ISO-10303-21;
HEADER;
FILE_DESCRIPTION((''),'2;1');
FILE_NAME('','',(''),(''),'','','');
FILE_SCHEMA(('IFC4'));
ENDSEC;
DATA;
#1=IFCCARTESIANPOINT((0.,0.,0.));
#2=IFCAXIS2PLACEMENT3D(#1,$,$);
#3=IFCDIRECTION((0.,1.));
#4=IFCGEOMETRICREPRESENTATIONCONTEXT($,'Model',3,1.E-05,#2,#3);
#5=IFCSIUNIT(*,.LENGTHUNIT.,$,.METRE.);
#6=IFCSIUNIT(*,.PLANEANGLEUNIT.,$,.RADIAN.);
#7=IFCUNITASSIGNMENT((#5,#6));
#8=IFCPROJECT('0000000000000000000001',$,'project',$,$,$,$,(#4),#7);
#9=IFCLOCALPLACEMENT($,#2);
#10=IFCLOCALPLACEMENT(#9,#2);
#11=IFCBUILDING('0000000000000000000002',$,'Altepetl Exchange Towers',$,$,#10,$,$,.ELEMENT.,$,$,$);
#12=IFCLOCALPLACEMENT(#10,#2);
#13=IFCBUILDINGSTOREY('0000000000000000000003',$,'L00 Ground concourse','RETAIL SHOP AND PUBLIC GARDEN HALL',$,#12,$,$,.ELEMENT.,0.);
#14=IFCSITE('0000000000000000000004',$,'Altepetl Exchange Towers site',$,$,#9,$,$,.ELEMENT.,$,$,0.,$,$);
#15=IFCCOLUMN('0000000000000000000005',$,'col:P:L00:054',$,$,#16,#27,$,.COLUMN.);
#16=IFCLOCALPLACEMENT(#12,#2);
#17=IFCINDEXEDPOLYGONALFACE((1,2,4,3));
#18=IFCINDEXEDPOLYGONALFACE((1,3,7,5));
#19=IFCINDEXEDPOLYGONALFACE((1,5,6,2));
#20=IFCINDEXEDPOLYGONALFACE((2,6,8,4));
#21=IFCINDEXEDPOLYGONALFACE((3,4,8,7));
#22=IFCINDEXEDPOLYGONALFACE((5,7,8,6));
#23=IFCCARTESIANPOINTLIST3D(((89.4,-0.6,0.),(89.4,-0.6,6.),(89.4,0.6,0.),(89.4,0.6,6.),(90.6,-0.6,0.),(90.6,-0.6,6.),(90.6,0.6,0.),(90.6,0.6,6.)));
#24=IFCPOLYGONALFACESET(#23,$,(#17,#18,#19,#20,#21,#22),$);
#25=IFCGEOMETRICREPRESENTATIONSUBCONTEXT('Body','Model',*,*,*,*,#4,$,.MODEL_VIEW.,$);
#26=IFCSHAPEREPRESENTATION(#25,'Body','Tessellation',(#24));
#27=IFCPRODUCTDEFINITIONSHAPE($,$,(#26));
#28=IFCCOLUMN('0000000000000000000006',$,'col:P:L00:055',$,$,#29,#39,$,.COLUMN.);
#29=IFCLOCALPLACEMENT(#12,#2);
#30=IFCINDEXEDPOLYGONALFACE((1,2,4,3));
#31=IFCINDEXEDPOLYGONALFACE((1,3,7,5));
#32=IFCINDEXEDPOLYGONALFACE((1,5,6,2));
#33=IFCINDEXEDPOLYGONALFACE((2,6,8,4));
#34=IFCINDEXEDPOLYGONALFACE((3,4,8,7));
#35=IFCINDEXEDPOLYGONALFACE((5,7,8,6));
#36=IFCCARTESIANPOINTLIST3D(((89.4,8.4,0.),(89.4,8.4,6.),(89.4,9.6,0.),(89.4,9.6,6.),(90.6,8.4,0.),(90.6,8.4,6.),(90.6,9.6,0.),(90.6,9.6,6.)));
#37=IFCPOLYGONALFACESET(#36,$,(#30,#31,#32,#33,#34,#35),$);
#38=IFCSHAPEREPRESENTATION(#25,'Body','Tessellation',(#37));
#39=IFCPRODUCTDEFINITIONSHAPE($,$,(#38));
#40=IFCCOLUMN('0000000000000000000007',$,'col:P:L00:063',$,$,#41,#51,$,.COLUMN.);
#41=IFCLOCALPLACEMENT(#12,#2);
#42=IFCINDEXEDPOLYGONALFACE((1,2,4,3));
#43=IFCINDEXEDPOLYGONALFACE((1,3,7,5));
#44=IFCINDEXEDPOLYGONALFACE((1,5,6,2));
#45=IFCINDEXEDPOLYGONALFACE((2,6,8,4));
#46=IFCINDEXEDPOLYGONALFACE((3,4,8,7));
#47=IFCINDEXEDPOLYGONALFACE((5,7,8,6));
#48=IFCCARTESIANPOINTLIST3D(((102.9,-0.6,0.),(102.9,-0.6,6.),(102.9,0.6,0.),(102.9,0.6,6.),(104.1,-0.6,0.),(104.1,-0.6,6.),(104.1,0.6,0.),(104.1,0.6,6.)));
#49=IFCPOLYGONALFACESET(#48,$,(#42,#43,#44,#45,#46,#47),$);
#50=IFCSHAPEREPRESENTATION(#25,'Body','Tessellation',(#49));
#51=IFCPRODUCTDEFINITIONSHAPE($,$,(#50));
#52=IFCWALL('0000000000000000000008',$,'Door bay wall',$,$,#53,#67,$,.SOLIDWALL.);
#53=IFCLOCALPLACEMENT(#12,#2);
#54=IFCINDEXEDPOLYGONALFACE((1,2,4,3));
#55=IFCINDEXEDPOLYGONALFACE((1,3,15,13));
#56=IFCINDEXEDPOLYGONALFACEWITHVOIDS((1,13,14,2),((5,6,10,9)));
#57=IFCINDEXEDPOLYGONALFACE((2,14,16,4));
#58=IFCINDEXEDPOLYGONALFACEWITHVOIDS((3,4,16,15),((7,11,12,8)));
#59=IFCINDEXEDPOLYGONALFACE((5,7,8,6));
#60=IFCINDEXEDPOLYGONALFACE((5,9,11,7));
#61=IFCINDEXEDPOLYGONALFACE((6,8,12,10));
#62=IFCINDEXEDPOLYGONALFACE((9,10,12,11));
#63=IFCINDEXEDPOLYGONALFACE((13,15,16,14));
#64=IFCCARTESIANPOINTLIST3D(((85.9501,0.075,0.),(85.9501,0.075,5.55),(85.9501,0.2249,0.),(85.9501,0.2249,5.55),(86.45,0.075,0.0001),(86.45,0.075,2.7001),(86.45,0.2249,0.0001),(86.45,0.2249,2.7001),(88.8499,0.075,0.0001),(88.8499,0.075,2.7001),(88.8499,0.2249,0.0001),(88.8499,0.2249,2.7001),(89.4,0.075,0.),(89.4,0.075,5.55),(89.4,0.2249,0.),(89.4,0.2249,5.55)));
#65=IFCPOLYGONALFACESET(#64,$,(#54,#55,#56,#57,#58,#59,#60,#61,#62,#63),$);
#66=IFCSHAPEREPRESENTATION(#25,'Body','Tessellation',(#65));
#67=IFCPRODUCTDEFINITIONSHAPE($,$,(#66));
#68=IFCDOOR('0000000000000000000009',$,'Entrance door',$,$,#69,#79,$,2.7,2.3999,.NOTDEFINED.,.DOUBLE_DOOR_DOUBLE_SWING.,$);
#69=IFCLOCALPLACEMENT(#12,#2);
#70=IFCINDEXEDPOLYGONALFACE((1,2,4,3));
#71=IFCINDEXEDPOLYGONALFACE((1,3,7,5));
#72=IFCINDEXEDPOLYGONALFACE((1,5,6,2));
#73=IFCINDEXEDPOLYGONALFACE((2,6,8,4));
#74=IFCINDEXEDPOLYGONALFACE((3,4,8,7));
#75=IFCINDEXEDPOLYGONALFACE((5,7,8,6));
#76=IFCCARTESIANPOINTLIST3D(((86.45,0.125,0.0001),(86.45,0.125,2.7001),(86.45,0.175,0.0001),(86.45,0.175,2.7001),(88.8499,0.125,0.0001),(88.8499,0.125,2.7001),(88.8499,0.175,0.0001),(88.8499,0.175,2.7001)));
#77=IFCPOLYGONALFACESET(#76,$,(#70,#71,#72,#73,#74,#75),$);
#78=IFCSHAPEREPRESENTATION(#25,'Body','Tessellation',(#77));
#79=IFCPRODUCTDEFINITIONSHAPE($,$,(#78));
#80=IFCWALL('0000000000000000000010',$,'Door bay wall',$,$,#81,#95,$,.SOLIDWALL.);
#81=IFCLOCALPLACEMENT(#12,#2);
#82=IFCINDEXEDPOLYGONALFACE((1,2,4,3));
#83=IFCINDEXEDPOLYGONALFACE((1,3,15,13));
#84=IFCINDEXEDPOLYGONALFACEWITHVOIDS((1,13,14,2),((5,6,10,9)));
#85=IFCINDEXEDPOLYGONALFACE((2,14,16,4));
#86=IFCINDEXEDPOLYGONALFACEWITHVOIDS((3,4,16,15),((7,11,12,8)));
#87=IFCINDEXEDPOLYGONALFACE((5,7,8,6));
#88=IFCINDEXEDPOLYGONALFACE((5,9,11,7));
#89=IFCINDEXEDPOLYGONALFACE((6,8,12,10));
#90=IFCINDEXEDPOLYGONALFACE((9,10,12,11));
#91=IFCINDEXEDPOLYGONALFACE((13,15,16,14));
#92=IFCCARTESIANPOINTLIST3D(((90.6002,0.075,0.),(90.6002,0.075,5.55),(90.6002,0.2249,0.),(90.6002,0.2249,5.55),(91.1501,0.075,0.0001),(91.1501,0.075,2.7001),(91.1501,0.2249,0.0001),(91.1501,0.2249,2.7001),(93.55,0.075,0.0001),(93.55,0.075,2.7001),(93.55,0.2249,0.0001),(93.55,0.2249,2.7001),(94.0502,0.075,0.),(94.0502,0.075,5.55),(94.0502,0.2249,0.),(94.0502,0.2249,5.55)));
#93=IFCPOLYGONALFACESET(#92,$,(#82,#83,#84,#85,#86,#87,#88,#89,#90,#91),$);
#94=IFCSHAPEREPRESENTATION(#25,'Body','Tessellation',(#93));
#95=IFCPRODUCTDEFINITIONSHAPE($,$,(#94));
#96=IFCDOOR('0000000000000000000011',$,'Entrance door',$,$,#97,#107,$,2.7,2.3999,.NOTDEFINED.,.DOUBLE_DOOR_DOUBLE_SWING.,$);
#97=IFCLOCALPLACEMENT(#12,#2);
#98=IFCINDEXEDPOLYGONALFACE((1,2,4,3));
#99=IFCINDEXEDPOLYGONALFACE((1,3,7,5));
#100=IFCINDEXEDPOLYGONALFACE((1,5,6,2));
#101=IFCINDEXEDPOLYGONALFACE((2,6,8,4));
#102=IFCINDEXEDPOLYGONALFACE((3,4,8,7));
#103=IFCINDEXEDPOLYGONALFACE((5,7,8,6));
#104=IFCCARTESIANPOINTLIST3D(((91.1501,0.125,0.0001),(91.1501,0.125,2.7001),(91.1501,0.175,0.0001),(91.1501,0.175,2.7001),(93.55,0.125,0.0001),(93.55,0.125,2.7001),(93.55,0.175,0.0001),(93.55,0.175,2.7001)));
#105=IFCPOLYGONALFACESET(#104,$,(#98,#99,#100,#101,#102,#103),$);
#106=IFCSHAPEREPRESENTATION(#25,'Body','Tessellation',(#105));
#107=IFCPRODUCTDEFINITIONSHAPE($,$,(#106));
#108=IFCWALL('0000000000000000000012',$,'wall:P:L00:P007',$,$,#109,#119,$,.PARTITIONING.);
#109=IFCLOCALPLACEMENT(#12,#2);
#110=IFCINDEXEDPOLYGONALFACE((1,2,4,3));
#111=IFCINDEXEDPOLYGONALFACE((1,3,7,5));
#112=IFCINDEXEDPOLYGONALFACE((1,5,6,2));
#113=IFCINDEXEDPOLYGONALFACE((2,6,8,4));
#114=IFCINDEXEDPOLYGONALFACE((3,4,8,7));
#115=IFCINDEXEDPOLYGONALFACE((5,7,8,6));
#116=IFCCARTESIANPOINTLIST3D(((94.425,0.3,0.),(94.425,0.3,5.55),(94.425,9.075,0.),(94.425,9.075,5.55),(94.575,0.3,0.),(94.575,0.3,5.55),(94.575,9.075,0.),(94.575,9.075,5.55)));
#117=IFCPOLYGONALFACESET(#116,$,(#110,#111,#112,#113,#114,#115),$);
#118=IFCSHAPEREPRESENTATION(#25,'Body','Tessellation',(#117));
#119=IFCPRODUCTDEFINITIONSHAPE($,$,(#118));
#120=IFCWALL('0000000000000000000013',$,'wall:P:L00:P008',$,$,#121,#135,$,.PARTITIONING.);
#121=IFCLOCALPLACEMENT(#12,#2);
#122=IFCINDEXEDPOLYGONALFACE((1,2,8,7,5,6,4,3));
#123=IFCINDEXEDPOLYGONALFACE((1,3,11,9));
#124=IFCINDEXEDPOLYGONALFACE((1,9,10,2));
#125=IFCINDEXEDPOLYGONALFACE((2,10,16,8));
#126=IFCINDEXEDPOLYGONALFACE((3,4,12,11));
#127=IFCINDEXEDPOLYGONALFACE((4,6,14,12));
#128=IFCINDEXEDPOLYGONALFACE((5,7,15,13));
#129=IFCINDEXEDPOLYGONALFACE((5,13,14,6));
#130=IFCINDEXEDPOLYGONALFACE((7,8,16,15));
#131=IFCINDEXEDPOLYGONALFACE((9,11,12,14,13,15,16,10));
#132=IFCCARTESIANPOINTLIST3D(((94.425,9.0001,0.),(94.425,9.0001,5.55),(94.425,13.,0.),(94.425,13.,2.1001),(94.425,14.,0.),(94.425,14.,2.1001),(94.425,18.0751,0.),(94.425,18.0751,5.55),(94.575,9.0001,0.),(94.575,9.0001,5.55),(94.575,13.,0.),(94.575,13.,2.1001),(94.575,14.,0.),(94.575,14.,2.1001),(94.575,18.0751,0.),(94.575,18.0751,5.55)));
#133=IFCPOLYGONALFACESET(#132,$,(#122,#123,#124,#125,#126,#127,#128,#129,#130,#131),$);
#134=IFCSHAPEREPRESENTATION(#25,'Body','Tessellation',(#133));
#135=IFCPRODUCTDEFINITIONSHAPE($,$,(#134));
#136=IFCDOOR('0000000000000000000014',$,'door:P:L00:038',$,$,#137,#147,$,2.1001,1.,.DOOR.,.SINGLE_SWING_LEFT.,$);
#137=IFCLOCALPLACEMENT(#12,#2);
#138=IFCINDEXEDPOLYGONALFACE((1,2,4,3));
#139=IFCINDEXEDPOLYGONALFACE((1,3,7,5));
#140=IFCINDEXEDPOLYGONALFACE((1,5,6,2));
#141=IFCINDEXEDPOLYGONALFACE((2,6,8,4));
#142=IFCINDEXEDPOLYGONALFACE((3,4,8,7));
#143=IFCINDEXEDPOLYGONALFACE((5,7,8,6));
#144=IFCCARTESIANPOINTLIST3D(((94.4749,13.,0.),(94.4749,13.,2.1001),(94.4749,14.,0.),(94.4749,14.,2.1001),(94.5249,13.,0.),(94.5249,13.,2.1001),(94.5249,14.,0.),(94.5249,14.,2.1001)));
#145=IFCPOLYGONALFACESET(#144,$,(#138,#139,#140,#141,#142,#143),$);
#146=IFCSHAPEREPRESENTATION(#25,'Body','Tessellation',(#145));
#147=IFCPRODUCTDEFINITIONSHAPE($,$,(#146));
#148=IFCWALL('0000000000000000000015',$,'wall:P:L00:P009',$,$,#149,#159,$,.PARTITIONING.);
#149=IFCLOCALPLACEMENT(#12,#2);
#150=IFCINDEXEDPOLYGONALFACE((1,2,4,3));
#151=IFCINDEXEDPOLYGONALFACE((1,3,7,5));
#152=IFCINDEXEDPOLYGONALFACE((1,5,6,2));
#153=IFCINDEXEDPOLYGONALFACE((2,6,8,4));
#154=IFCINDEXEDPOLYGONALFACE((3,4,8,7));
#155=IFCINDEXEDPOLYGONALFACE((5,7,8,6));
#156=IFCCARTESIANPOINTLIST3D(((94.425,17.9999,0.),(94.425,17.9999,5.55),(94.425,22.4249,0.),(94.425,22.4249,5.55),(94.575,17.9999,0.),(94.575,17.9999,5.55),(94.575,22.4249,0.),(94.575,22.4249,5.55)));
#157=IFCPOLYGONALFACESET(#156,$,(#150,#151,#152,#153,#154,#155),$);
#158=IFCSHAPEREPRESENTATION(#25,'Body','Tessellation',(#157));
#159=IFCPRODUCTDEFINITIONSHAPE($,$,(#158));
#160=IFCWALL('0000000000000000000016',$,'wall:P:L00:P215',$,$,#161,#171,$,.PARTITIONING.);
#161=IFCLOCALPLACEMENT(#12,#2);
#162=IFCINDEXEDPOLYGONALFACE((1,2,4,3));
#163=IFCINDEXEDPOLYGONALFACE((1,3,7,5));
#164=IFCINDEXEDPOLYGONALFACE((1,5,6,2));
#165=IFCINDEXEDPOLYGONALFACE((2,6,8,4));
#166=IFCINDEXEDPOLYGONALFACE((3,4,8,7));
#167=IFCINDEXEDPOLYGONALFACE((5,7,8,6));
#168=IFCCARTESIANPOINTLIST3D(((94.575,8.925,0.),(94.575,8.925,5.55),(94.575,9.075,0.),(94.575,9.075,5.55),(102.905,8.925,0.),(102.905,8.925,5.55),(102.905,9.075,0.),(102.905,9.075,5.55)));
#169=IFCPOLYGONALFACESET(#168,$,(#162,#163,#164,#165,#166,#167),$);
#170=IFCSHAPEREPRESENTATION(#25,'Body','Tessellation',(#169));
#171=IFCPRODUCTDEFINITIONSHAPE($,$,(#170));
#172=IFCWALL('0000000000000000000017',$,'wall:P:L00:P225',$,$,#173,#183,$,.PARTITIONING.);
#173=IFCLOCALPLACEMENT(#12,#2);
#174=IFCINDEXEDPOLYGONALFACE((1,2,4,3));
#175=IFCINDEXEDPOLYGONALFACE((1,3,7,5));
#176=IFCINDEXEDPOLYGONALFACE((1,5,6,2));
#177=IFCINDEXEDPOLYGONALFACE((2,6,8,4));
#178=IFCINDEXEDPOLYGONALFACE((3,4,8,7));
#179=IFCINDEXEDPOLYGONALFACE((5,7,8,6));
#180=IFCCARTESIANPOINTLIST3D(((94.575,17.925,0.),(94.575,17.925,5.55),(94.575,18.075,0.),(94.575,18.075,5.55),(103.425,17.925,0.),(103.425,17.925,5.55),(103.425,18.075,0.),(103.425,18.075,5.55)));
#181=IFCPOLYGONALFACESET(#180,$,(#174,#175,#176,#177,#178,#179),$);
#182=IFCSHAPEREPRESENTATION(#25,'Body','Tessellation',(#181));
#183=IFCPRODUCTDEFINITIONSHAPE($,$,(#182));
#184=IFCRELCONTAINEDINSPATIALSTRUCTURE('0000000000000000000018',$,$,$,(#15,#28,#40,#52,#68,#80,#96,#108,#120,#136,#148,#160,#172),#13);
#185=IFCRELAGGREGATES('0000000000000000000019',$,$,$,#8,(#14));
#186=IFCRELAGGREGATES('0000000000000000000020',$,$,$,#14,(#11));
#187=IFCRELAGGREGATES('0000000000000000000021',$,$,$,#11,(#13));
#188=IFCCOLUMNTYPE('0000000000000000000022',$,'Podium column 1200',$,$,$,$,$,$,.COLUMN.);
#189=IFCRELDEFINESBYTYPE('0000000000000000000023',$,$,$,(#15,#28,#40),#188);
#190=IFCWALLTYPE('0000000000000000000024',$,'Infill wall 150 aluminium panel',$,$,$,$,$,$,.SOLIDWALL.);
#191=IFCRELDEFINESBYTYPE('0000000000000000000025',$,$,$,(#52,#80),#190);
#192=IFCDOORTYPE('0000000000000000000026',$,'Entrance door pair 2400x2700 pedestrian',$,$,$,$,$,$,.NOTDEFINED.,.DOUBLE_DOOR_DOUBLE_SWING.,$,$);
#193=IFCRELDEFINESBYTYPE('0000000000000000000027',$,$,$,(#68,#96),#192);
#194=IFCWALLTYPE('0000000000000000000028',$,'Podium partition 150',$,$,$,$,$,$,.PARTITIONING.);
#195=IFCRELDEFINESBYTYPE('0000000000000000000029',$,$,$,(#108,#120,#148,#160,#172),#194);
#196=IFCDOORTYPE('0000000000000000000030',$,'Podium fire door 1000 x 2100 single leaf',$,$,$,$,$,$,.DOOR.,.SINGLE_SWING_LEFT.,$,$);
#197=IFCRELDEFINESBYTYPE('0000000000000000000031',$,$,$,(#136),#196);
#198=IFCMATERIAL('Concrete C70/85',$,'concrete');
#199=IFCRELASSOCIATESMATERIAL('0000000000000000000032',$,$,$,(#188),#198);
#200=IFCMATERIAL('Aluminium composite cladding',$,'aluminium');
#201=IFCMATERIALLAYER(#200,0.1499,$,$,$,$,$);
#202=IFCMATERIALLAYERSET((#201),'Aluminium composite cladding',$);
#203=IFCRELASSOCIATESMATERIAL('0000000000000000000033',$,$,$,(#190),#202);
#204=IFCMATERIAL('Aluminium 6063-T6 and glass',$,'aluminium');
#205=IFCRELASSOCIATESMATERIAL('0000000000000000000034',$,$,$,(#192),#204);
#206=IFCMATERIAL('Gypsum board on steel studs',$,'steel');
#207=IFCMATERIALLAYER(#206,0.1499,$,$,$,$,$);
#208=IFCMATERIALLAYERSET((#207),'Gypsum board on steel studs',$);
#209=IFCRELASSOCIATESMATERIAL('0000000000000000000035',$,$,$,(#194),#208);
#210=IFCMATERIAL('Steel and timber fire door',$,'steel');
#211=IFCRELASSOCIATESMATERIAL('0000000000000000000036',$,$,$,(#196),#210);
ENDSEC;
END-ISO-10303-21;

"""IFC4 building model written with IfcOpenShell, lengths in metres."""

from ifc_helpers import new_model, si_unit, direction, frame, frame_2d, origin, origin_2d, place, context, subcontext, project, spatial, rectangle, extrude, material, layer, layer_set, material_profile, profile_set, type_object, element, fill, save


model = new_model("IFC4")

# Units and contexts
model_context = context("Model", 3, precision=1e-05, world=origin(), true_north=direction((0.0, 1.0)))
body_context = subcontext(model_context, "Body", "Model", "MODEL_VIEW")
ifc_project = project(units=[si_unit("LENGTHUNIT", "METRE"), si_unit("PLANEANGLEUNIT", "RADIAN")], contexts=[model_context])

# Site, building, storey
site_placement = place(None, origin())
site = spatial("IfcSite", under=ifc_project, at=site_placement, Name="Altepetl Exchange Towers site", CompositionType="ELEMENT", RefElevation=0.0)
building_placement = place(site_placement, origin())
building = spatial("IfcBuilding", under=site, at=building_placement, Name="Altepetl Exchange Towers", CompositionType="ELEMENT")
storey_placement = place(building_placement, origin())
storey = spatial("IfcBuildingStorey", under=building, at=storey_placement, Name="L00 Ground concourse", Description="RETAIL SHOP AND PUBLIC GARDEN HALL", CompositionType="ELEMENT", Elevation=0.0)

# Columns
ifc_material_1 = material(Name="Concrete C70/85", Category="concrete")
ifc_material_profile = material_profile(ifc_material_1, rectangle(XDim=1.2, YDim=1.2, at=origin_2d()), Name="1200 x 1200")
ifc_profile_set = profile_set([ifc_material_profile], Name="Concrete C70/85")
column_type = type_object("IfcColumnType", Name="Podium column 1200", PredefinedType="COLUMN", material=ifc_profile_set)
for number, where, name in (
    (1, (90.0, 0.0, 0.0), "col:P:L00:054"),
    (2, (90.0, 9.0, 0.0), "col:P:L00:055"),
    (3, (103.5, 0.0, 0.0), "col:P:L00:063"),
):
    element("IfcColumn", number, at=place(storey_placement, frame(where)), inside=storey, type_object=column_type, Name=name, PredefinedType="COLUMN", context=body_context, shape_type="SweptSolid", body=[
        extrude(rectangle(XDim=1.2, YDim=1.2, at=origin_2d()), origin(), (0.0, 0.0, 1.0), 6.0),
    ])

# Walls, openings, doors
ifc_material_2 = material(Name="Aluminium composite cladding", Category="aluminium")
ifc_layer_1 = layer(ifc_material_2, 0.1499)
ifc_layer_set_1 = layer_set([ifc_layer_1], Name="Aluminium composite cladding")
wall_type_1 = type_object("IfcWallType", Name="Infill wall 150 aluminium panel", PredefinedType="SOLIDWALL", material=ifc_layer_set_1)
wall_1_placement = place(storey_placement, frame((85.95, 0.1499, 0.0)))
wall_1 = element("IfcWall", 4, at=wall_1_placement, inside=storey, type_object=wall_type_1, Name="Door bay wall", PredefinedType="SOLIDWALL", context=body_context, shape_type="SweptSolid", body=[
    extrude(rectangle(XDim=3.45, YDim=0.1499, at=frame_2d((1.7251, 0.0))), origin(), (0.0, 0.0, 1.0), 5.55),
])
opening_1_placement = place(wall_1_placement, frame((0.5, 0.0, 0.0)))
opening_1 = element("IfcOpeningElement", 5, at=opening_1_placement, cuts=wall_1, PredefinedType="OPENING", context=body_context, shape_type="SweptSolid", body=[
    extrude(rectangle(XDim=2.3999, YDim=2.7, at=frame_2d((1.2, 1.3501))), frame((0.0, 0.085, 0.0), z_axis=(0.0, -1.0, 0.0), x_axis=(1.0, 0.0, 0.0)), (0.0, 0.0, 1.0), 0.1699),
])
ifc_material_3 = material(Name="Aluminium 6063-T6 and glass", Category="aluminium")
door_type_1 = type_object("IfcDoorType", Name="Entrance door pair 2400x2700 pedestrian", OperationType="DOUBLE_DOOR_DOUBLE_SWING", PredefinedType="NOTDEFINED", material=ifc_material_3)
door_1_placement = place(opening_1_placement, frame((2.3999, 0.0, 0.0), x_axis=(-1.0, 0.0, 0.0)))
door_1 = element("IfcDoor", 6, at=door_1_placement, inside=storey, type_object=door_type_1, Name="Entrance door", OperationType="DOUBLE_DOOR_DOUBLE_SWING", OverallHeight=2.7, OverallWidth=2.3999, PredefinedType="NOTDEFINED", context=body_context, shape_type="SweptSolid", body=[
    extrude(rectangle(XDim=2.3999, YDim=2.7, at=frame_2d((1.2, 1.3501))), frame((0.0, 0.0249, 0.0), z_axis=(0.0, -1.0, 0.0), x_axis=(1.0, 0.0, 0.0)), (0.0, 0.0, 1.0), 0.05),
])
fill(opening_1, door_1)
wall_2_placement = place(storey_placement, frame((90.6001, 0.1499, 0.0)))
wall_2 = element("IfcWall", 7, at=wall_2_placement, inside=storey, type_object=wall_type_1, Name="Door bay wall", PredefinedType="SOLIDWALL", context=body_context, shape_type="SweptSolid", body=[
    extrude(rectangle(XDim=3.45, YDim=0.1499, at=frame_2d((1.7251, 0.0))), origin(), (0.0, 0.0, 1.0), 5.55),
])
opening_2_placement = place(wall_2_placement, frame((0.55, 0.0, 0.0)))
opening_2 = element("IfcOpeningElement", 8, at=opening_2_placement, cuts=wall_2, PredefinedType="OPENING", context=body_context, shape_type="SweptSolid", body=[
    extrude(rectangle(XDim=2.3999, YDim=2.7, at=frame_2d((1.2, 1.3501))), frame((0.0, 0.085, 0.0), z_axis=(0.0, -1.0, 0.0), x_axis=(1.0, 0.0, 0.0)), (0.0, 0.0, 1.0), 0.1699),
])
door_2_placement = place(opening_2_placement, frame((2.3999, 0.0, 0.0), x_axis=(-1.0, 0.0, 0.0)))
door_2 = element("IfcDoor", 9, at=door_2_placement, inside=storey, type_object=door_type_1, Name="Entrance door", OperationType="DOUBLE_DOOR_DOUBLE_SWING", OverallHeight=2.7, OverallWidth=2.3999, PredefinedType="NOTDEFINED", context=body_context, shape_type="SweptSolid", body=[
    extrude(rectangle(XDim=2.3999, YDim=2.7, at=frame_2d((1.2, 1.3501))), frame((0.0, 0.0249, 0.0), z_axis=(0.0, -1.0, 0.0), x_axis=(1.0, 0.0, 0.0)), (0.0, 0.0, 1.0), 0.05),
])
fill(opening_2, door_2)

# Wall
ifc_material_4 = material(Name="Gypsum board on steel studs", Category="steel")
ifc_layer_2 = layer(ifc_material_4, 0.1499)
ifc_layer_set_2 = layer_set([ifc_layer_2], Name="Gypsum board on steel studs")
wall_type_2 = type_object("IfcWallType", Name="Podium partition 150", PredefinedType="PARTITIONING", material=ifc_layer_set_2)
wall_3_placement = place(storey_placement, frame((94.5, 0.3, 0.0), z_axis=(0.0, 0.0, 1.0), x_axis=(0.0, 1.0, 0.0)))
element("IfcWall", 10, at=wall_3_placement, inside=storey, type_object=wall_type_2, Name="wall:P:L00:P007", PredefinedType="PARTITIONING", context=body_context, shape_type="SweptSolid", body=[
    extrude(rectangle(XDim=8.7749, YDim=0.1499, at=frame_2d((4.3875, 0.0))), origin(), (0.0, 0.0, 1.0), 5.55),
])

# Wall, opening, door
wall_4_placement = place(storey_placement, frame((94.5, 9.0, 0.0), z_axis=(0.0, 0.0, 1.0), x_axis=(0.0, 1.0, 0.0)))
wall_4 = element("IfcWall", 11, at=wall_4_placement, inside=storey, type_object=wall_type_2, Name="wall:P:L00:P008", PredefinedType="PARTITIONING", context=body_context, shape_type="SweptSolid", body=[
    extrude(rectangle(XDim=9.075, YDim=0.1499, at=frame_2d((4.5376, 0.0))), origin(), (0.0, 0.0, 1.0), 5.55),
])
opening_3_placement = place(wall_4_placement, frame((4.0, 0.0, 0.0)))
opening_3 = element("IfcOpeningElement", 12, at=opening_3_placement, cuts=wall_4, PredefinedType="OPENING", context=body_context, shape_type="SweptSolid", body=[
    extrude(rectangle(XDim=1.0, YDim=2.1001, at=frame_2d((0.5, 1.05))), frame((0.0, 0.085, 0.0), z_axis=(0.0, -1.0, 0.0), x_axis=(1.0, 0.0, 0.0)), (0.0, 0.0, 1.0), 0.1699),
])
ifc_material_5 = material(Name="Steel and timber fire door", Category="steel")
door_type_2 = type_object("IfcDoorType", Name="Podium fire door 1000 x 2100 single leaf", OperationType="SINGLE_SWING_LEFT", PredefinedType="DOOR", material=ifc_material_5)
door_3_placement = place(opening_3_placement, frame((1.0, 0.0, 0.0), x_axis=(-1.0, 0.0, 0.0)))
door_3 = element("IfcDoor", 13, at=door_3_placement, inside=storey, type_object=door_type_2, Name="door:P:L00:038", OperationType="SINGLE_SWING_LEFT", OverallHeight=2.1001, OverallWidth=1.0, PredefinedType="DOOR", context=body_context, shape_type="SweptSolid", body=[
    extrude(rectangle(XDim=1.0, YDim=2.1001, at=frame_2d((0.5, 1.05))), frame((0.0, 0.0249, 0.0), z_axis=(0.0, -1.0, 0.0), x_axis=(1.0, 0.0, 0.0)), (0.0, 0.0, 1.0), 0.05),
])
fill(opening_3, door_3)

# Walls
wall_5_placement = place(storey_placement, frame((94.5, 18.0, 0.0), z_axis=(0.0, 0.0, 1.0), x_axis=(0.0, 1.0, 0.0)))
element("IfcWall", 14, at=wall_5_placement, inside=storey, type_object=wall_type_2, Name="wall:P:L00:P009", PredefinedType="PARTITIONING", context=body_context, shape_type="SweptSolid", body=[
    extrude(rectangle(XDim=4.425, YDim=0.1499, at=frame_2d((2.2124, 0.0))), origin(), (0.0, 0.0, 1.0), 5.55),
])
wall_6_placement = place(storey_placement, frame((94.575, 9.0, 0.0)))
element("IfcWall", 15, at=wall_6_placement, inside=storey, type_object=wall_type_2, Name="wall:P:L00:P215", PredefinedType="PARTITIONING", context=body_context, shape_type="SweptSolid", body=[
    extrude(rectangle(XDim=8.3301, YDim=0.1499, at=frame_2d((4.165, 0.0))), origin(), (0.0, 0.0, 1.0), 5.55),
])
wall_7_placement = place(storey_placement, frame((94.575, 18.0, 0.0)))
element("IfcWall", 16, at=wall_7_placement, inside=storey, type_object=wall_type_2, Name="wall:P:L00:P225", PredefinedType="PARTITIONING", context=body_context, shape_type="SweptSolid", body=[
    extrude(rectangle(XDim=8.8501, YDim=0.1499, at=frame_2d((4.425, 0.0))), origin(), (0.0, 0.0, 1.0), 5.55),
])

save(model, "model.ifc")
